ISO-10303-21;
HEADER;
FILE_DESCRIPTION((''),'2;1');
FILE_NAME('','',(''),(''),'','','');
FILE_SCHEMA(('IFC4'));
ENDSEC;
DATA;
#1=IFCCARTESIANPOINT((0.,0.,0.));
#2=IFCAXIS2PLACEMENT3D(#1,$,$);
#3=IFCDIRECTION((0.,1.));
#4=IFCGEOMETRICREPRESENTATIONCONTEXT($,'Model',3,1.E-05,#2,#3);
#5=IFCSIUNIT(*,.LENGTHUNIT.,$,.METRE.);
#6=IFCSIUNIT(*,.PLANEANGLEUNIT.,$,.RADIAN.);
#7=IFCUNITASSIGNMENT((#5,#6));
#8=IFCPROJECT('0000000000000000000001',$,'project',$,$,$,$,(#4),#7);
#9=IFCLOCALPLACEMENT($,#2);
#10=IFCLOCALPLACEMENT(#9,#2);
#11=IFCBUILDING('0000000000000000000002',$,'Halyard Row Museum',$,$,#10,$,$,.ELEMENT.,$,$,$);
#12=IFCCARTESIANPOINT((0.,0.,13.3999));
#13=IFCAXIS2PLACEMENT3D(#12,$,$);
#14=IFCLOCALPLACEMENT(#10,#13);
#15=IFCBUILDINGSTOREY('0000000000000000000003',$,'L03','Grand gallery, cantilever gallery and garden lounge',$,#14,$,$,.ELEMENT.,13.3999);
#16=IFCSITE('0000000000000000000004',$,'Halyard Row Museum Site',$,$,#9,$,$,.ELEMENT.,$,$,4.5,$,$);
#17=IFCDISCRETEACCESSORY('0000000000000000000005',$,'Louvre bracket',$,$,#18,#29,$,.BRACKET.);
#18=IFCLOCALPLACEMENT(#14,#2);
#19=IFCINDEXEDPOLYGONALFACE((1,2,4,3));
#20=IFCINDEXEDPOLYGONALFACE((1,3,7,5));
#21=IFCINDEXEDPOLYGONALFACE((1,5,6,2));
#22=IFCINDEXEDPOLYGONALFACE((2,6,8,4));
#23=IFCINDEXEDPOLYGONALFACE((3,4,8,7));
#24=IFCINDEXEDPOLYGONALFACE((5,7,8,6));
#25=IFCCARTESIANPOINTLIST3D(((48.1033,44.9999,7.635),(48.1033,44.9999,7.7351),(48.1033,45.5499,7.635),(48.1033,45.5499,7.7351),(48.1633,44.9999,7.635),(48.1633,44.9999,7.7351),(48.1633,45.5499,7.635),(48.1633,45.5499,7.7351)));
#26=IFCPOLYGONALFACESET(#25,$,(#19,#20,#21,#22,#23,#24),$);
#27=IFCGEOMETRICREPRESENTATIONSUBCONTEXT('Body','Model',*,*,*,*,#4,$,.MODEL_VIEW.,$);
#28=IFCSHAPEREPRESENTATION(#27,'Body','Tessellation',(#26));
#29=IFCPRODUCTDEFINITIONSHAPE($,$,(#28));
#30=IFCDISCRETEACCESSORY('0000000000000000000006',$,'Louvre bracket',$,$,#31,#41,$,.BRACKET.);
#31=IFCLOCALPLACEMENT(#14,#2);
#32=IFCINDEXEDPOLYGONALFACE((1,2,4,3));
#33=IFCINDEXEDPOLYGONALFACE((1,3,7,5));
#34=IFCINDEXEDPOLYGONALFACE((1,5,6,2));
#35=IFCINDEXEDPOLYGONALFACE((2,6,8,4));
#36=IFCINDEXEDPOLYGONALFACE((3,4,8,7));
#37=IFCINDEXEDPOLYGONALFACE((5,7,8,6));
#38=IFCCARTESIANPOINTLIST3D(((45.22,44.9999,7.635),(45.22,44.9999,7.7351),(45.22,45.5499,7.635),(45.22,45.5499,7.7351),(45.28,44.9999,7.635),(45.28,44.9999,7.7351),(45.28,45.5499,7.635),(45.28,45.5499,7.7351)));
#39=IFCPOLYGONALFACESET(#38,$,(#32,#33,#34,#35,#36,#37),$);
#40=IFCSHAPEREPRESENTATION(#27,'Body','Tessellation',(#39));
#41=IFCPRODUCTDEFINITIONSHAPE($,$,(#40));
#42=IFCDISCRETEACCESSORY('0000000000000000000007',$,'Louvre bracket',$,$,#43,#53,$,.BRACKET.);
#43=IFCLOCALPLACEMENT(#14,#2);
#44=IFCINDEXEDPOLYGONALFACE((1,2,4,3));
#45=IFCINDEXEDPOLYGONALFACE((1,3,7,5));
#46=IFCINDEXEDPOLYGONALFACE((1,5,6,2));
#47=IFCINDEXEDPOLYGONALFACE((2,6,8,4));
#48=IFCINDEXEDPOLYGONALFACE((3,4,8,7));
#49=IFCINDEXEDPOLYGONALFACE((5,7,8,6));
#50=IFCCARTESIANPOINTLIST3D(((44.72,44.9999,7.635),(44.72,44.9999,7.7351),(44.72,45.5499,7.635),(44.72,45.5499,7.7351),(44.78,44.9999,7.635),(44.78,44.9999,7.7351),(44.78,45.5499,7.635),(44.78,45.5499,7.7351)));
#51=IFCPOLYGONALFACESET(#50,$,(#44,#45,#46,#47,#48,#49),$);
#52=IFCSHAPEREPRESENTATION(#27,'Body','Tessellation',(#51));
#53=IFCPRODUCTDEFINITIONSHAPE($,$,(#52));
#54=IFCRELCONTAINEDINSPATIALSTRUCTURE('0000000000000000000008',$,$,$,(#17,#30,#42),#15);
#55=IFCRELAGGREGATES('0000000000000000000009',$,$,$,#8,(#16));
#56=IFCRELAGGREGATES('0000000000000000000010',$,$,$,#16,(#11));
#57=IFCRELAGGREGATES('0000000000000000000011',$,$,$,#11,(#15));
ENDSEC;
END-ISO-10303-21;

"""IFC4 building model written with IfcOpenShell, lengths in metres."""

from ifc_helpers import new_model, si_unit, direction, frame, origin, origin_2d, place, context, subcontext, project, spatial, rectangle, extrude, element, save


model = new_model("IFC4")

# Units and contexts
model_context = context("Model", 3, precision=1e-05, world=origin(), true_north=direction((0.0, 1.0)))
body_context = subcontext(model_context, "Body", "Model", "MODEL_VIEW")
ifc_project = project(units=[si_unit("LENGTHUNIT", "METRE"), si_unit("PLANEANGLEUNIT", "RADIAN")], contexts=[model_context])

# Site, building, storey
site_placement = place(None, origin())
site = spatial("IfcSite", under=ifc_project, at=site_placement, Name="Halyard Row Museum Site", CompositionType="ELEMENT", RefElevation=4.5)
building_placement = place(site_placement, origin())
building = spatial("IfcBuilding", under=site, at=building_placement, Name="Halyard Row Museum", CompositionType="ELEMENT")
storey_placement = place(building_placement, frame((0.0, 0.0, 13.3999)))
storey = spatial("IfcBuildingStorey", under=building, at=storey_placement, Name="L03", Description="Grand gallery, cantilever gallery and garden lounge", CompositionType="ELEMENT", Elevation=13.3999)

# Discrete accessories
for number, where, z_axis, x_axis, name in (
    (1, (48.1333, 45.2749, 7.635), (0.0, 0.0, 1.0), (1.0, 0.0, 0.0), "Louvre bracket"),
    (2, (45.25, 45.2749, 7.635), (0.0, 0.0, 1.0), (1.0, 0.0, 0.0), "Louvre bracket"),
    (3, (44.75, 45.2749, 7.635), (0.0, 0.0, 1.0), (1.0, 0.0, 0.0), "Louvre bracket"),
):
    element("IfcDiscreteAccessory", number, at=place(storey_placement, frame(where, z_axis=z_axis, x_axis=x_axis)), inside=storey, Name=name, PredefinedType="BRACKET", context=body_context, shape_type="SweptSolid", body=[
        extrude(rectangle(XDim=0.0601, YDim=0.55, at=origin_2d()), origin(), (0.0, 0.0, 1.0), 0.1001),
    ])

save(model, "model.ifc")
